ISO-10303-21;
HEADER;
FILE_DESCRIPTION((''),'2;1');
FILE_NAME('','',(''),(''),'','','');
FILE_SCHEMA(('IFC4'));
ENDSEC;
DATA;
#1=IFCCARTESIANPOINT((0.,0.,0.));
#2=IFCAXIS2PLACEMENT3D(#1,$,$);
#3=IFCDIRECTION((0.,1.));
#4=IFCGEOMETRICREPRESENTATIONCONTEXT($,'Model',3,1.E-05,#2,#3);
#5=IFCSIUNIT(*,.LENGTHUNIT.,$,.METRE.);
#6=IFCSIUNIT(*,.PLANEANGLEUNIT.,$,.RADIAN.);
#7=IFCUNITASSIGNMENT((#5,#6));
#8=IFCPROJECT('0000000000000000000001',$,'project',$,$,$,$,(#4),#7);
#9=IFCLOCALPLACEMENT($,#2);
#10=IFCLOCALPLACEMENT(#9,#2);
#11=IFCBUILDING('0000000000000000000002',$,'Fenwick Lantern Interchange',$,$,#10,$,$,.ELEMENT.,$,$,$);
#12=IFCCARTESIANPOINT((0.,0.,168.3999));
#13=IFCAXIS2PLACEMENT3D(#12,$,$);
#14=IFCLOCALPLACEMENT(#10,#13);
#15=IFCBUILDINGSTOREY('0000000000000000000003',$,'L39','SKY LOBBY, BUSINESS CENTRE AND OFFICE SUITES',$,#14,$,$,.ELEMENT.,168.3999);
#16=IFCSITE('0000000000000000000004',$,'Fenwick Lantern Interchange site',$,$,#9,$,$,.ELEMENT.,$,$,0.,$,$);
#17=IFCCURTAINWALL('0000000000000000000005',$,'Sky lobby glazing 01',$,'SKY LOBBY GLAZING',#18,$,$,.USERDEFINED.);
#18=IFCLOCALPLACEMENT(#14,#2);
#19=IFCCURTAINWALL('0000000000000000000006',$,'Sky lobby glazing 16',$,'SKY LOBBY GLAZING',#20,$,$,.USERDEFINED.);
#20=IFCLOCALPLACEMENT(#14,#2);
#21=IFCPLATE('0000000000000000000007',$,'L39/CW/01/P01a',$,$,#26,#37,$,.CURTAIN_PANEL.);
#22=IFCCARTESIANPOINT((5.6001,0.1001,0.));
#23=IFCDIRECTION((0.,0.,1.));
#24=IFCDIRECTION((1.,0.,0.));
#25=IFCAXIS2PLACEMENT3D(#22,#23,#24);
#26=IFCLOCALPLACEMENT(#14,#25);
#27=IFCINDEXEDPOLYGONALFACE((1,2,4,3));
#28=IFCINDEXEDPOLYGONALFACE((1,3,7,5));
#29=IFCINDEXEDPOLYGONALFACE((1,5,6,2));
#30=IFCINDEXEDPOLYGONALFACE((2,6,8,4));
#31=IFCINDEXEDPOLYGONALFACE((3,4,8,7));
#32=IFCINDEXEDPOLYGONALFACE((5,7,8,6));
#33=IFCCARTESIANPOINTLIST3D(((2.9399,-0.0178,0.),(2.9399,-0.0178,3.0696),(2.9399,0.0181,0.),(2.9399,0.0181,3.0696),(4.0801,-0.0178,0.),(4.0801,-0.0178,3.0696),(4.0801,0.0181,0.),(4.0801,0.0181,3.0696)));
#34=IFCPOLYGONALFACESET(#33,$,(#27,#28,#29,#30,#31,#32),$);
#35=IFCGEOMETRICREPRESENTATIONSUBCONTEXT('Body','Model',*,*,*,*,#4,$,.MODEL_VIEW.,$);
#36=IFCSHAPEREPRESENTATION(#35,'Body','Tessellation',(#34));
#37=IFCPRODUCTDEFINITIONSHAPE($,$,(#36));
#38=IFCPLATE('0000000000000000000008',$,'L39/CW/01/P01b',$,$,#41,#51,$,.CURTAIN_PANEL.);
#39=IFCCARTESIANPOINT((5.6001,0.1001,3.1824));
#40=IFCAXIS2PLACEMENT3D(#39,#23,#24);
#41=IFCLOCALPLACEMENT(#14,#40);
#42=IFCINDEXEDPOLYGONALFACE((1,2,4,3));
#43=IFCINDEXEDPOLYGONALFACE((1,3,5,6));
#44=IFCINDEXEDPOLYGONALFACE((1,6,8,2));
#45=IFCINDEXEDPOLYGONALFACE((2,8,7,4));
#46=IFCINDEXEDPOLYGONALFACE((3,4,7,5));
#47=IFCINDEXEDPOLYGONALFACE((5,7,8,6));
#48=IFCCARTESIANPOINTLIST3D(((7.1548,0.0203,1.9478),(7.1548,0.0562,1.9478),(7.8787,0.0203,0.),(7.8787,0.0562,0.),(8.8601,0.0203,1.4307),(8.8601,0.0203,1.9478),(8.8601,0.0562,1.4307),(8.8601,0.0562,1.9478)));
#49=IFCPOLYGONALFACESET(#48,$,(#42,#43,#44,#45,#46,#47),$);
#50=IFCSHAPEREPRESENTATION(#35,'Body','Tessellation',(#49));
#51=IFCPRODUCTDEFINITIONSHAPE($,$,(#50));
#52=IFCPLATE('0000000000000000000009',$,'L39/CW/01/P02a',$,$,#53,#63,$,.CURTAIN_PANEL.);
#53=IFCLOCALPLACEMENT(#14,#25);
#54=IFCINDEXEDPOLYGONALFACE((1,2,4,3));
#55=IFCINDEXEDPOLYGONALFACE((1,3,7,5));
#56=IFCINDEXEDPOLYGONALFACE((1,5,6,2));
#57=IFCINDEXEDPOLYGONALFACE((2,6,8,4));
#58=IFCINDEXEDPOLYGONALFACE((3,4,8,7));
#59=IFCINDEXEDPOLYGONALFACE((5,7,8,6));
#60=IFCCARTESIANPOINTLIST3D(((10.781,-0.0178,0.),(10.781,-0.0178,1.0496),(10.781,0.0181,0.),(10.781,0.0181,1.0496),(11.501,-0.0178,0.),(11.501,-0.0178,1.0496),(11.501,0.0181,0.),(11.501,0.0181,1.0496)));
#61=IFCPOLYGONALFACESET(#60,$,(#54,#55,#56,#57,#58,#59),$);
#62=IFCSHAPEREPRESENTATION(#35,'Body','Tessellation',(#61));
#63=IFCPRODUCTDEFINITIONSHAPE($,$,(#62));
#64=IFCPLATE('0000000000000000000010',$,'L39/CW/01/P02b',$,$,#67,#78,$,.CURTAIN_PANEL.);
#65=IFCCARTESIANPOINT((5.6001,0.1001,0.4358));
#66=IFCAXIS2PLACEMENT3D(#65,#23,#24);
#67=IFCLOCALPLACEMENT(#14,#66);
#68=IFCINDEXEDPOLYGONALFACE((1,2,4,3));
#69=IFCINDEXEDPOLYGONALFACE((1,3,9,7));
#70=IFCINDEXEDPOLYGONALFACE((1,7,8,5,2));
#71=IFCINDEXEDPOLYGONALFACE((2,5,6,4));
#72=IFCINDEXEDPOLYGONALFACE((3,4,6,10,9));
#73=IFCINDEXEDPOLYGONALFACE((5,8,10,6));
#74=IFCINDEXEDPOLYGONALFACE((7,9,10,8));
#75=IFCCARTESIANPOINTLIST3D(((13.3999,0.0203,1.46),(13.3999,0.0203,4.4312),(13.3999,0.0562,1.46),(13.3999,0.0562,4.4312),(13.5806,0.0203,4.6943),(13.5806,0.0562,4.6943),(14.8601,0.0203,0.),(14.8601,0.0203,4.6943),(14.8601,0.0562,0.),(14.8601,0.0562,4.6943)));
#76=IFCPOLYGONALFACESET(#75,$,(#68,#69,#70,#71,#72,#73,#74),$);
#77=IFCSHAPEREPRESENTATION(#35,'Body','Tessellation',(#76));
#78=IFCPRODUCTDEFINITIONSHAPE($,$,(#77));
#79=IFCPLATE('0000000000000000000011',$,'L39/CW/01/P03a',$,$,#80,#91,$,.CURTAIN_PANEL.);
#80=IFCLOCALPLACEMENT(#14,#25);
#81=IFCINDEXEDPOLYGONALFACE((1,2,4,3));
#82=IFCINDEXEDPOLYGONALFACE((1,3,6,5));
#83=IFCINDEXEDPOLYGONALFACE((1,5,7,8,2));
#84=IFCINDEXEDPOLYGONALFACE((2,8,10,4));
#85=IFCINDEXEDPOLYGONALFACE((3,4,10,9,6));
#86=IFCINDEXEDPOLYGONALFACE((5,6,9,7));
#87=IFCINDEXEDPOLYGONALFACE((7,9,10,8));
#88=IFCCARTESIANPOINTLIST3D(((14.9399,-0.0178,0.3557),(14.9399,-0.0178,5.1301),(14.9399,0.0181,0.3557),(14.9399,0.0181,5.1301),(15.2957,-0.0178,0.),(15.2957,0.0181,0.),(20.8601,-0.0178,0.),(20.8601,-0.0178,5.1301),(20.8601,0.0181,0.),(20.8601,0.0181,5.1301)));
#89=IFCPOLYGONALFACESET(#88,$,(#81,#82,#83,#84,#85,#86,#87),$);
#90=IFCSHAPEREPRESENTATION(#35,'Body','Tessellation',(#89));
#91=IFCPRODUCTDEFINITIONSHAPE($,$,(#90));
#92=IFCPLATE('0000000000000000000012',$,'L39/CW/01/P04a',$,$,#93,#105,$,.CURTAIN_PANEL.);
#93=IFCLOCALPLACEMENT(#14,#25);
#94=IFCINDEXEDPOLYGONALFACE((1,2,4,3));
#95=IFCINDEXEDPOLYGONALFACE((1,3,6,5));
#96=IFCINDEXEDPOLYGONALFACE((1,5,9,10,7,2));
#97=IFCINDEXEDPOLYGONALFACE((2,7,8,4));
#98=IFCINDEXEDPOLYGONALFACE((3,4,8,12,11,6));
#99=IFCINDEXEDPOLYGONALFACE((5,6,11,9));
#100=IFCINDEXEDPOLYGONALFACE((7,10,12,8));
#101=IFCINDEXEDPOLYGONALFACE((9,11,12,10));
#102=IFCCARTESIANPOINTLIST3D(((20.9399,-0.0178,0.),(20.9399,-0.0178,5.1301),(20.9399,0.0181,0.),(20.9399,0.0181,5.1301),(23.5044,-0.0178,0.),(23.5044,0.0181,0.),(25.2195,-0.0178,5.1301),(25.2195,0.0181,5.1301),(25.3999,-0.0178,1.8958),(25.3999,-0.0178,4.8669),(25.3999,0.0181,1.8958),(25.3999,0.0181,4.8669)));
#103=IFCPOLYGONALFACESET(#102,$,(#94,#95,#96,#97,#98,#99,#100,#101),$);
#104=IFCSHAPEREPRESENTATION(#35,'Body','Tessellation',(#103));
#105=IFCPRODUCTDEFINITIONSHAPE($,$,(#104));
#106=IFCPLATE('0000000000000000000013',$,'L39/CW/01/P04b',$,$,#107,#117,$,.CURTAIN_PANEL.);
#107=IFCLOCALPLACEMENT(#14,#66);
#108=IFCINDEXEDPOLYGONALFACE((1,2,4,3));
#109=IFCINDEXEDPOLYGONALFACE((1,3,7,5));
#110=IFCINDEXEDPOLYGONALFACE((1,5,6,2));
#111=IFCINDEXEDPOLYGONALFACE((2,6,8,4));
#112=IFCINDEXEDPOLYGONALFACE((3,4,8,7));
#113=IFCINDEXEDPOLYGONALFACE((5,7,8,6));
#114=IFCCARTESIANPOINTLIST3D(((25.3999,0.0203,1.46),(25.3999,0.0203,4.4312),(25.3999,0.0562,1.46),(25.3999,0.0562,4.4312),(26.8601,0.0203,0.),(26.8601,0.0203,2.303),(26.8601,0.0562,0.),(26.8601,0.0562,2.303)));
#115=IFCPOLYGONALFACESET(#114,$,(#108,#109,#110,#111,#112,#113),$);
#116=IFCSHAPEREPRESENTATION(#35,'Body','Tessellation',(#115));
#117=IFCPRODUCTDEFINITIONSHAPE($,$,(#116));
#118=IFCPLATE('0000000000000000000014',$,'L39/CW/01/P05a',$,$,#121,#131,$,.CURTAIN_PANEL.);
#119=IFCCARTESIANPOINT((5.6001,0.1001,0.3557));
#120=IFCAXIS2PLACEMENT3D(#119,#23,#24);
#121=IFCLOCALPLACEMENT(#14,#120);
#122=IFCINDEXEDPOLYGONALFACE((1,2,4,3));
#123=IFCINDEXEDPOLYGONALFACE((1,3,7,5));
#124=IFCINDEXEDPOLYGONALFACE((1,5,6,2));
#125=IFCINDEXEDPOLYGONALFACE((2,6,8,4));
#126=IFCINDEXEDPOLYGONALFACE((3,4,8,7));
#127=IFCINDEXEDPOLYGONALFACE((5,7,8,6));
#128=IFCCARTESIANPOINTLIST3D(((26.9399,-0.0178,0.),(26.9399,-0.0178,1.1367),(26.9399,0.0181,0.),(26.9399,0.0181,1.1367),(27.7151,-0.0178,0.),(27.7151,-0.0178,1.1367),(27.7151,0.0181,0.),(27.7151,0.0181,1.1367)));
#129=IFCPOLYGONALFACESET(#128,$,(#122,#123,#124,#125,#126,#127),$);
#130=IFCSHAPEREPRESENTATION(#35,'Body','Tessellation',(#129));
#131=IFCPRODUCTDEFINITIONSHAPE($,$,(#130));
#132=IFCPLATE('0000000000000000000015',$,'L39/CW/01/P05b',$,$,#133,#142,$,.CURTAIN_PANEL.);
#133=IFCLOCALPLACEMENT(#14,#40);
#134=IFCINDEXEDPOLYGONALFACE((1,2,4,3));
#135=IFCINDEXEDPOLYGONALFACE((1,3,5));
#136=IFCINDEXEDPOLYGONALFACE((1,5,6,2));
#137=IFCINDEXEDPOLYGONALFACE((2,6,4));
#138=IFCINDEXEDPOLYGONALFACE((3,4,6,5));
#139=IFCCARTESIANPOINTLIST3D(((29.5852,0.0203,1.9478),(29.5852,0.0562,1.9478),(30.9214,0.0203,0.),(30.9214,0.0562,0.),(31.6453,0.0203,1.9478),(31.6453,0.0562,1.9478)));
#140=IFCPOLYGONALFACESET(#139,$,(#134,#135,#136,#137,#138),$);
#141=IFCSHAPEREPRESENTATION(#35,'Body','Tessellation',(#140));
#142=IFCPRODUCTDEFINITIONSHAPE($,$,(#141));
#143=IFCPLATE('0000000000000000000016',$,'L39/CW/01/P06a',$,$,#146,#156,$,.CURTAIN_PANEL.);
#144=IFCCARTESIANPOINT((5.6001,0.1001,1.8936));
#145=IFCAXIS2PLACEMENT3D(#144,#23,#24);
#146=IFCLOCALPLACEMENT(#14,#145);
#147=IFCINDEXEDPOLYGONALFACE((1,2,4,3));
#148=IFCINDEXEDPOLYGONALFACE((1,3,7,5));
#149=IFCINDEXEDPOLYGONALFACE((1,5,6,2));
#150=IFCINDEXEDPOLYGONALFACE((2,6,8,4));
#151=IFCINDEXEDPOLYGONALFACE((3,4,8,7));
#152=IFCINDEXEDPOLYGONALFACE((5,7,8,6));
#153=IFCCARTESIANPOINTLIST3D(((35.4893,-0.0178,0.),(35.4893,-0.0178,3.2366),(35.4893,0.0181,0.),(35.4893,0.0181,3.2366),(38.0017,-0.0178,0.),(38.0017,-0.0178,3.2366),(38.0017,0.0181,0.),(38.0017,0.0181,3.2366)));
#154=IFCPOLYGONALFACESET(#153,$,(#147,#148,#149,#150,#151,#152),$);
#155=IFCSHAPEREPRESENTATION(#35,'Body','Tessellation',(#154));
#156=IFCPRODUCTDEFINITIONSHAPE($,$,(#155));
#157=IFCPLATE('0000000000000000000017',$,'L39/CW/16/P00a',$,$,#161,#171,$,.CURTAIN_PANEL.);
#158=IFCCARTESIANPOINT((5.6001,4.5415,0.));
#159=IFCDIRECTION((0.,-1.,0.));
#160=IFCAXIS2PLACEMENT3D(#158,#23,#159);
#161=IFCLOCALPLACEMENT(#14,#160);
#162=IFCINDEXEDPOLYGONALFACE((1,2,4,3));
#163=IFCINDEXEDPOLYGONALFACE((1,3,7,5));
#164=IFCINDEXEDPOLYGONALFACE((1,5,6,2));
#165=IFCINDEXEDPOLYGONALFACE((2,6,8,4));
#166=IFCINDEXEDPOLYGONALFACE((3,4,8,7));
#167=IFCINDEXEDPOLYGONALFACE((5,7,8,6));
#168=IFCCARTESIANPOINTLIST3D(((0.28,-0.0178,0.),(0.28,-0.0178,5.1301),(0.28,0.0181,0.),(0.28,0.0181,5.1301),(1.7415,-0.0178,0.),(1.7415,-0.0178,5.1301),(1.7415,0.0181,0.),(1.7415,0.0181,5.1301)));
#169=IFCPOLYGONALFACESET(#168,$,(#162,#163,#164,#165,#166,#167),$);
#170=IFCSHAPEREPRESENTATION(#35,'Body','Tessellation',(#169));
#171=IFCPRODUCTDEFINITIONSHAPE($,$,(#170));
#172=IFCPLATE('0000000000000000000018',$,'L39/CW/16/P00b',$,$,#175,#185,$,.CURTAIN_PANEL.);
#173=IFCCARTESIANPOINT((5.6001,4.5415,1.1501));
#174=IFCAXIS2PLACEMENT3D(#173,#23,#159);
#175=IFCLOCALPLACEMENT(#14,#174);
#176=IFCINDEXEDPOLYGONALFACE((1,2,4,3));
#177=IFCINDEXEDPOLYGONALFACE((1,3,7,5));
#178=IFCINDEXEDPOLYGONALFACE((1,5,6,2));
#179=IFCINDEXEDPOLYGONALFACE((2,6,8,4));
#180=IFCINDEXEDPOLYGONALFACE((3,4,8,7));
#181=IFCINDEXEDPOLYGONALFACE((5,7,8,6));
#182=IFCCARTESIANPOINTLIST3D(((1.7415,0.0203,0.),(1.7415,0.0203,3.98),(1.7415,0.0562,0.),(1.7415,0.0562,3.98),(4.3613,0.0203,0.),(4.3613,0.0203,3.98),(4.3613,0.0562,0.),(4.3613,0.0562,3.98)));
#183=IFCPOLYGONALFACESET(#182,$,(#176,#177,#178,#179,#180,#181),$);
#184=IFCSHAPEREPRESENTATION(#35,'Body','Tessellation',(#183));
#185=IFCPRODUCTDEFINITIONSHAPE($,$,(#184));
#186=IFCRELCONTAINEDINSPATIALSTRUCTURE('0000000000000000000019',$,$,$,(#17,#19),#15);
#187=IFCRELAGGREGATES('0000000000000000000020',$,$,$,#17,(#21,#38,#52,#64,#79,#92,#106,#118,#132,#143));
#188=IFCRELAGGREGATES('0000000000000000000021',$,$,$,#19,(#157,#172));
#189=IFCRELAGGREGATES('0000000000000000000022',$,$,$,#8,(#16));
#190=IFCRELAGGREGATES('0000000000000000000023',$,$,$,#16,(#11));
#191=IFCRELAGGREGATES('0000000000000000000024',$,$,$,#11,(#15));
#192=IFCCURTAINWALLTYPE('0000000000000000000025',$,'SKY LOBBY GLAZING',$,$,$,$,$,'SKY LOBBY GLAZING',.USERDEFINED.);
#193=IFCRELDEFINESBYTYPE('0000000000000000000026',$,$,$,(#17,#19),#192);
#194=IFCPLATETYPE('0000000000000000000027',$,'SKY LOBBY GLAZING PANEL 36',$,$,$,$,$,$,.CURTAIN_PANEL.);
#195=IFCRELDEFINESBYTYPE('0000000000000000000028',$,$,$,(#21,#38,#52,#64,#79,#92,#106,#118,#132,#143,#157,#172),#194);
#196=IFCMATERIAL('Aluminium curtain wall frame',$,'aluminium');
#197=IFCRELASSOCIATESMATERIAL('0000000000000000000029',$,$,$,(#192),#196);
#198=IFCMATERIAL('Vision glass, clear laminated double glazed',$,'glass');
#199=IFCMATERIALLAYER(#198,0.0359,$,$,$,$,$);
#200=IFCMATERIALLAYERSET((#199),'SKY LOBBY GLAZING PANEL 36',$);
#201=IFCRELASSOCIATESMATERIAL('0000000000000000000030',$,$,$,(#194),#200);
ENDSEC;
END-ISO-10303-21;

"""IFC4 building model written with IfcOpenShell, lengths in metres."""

from ifc_helpers import new_model, si_unit, direction, frame, origin, place, context, subcontext, project, spatial, polyline, outline, extrude, material, layer, layer_set, type_object, element, aggregate, save


model = new_model("IFC4")

# Units and contexts
model_context = context("Model", 3, precision=1e-05, world=origin(), true_north=direction((0.0, 1.0)))
body_context = subcontext(model_context, "Body", "Model", "MODEL_VIEW")
ifc_project = project(units=[si_unit("LENGTHUNIT", "METRE"), si_unit("PLANEANGLEUNIT", "RADIAN")], contexts=[model_context])

# Site, building, storey
site_placement = place(None, origin())
site = spatial("IfcSite", under=ifc_project, at=site_placement, Name="Fenwick Lantern Interchange site", CompositionType="ELEMENT", RefElevation=0.0)
building_placement = place(site_placement, origin())
building = spatial("IfcBuilding", under=site, at=building_placement, Name="Fenwick Lantern Interchange", CompositionType="ELEMENT")
storey_placement = place(building_placement, frame((0.0, 0.0, 168.3999)))
storey = spatial("IfcBuildingStorey", under=building, at=storey_placement, Name="L39", Description="SKY LOBBY, BUSINESS CENTRE AND OFFICE SUITES", CompositionType="ELEMENT", Elevation=168.3999)

# Curtain walls
ifc_material_1 = material(Name="Aluminium curtain wall frame", Category="aluminium")
curtain_wall_type = type_object("IfcCurtainWallType", Name="SKY LOBBY GLAZING", ElementType="SKY LOBBY GLAZING", PredefinedType="USERDEFINED", material=ifc_material_1)
curtain_wall_1_placement = place(storey_placement, origin())
curtain_wall_1 = element("IfcCurtainWall", 1, at=curtain_wall_1_placement, inside=storey, type_object=curtain_wall_type, Name="Sky lobby glazing 01", ObjectType="SKY LOBBY GLAZING", PredefinedType="USERDEFINED")
curtain_wall_2_placement = place(storey_placement, origin())
curtain_wall_2 = element("IfcCurtainWall", 2, at=curtain_wall_2_placement, inside=storey, type_object=curtain_wall_type, Name="Sky lobby glazing 16", ObjectType="SKY LOBBY GLAZING", PredefinedType="USERDEFINED")

# Plates
ifc_material_2 = material(Name="Vision glass, clear laminated double glazed", Category="glass")
ifc_layer_1 = layer(ifc_material_2, 0.0359)
ifc_layer_set_1 = layer_set([ifc_layer_1], Name="SKY LOBBY GLAZING PANEL 36")
plate_type = type_object("IfcPlateType", Name="SKY LOBBY GLAZING PANEL 36", PredefinedType="CURTAIN_PANEL", material=ifc_layer_set_1)
plate_1_placement = place(storey_placement, frame((5.6001, 0.1001, 0.0), z_axis=(0.0, 0.0, 1.0), x_axis=(1.0, 0.0, 0.0)))
plate_1 = element("IfcPlate", 3, at=plate_1_placement, type_object=plate_type, Name="L39/CW/01/P01a", PredefinedType="CURTAIN_PANEL", context=body_context, shape_type="SweptSolid", body=[
    extrude(outline(polyline([(2.9399, 0.0), (4.0801, 0.0), (4.0801, 3.0696), (2.9399, 3.0696), (2.9399, 0.0)])), frame((0.0, 0.0181, 0.0), z_axis=(0.0, -1.0, 0.0), x_axis=(1.0, 0.0, 0.0)), (0.0, 0.0, 1.0), 0.0359),
])
plate_2_placement = place(storey_placement, frame((5.6001, 0.1001, 3.1824), z_axis=(0.0, 0.0, 1.0), x_axis=(1.0, 0.0, 0.0)))
plate_2 = element("IfcPlate", 4, at=plate_2_placement, type_object=plate_type, Name="L39/CW/01/P01b", PredefinedType="CURTAIN_PANEL", context=body_context, shape_type="SweptSolid", body=[
    extrude(outline(polyline([(7.8787, 0.0), (8.8601, 1.4307), (8.8601, 1.9478), (7.1548, 1.9478), (7.8787, 0.0)])), frame((0.0, 0.0562, 0.0), z_axis=(0.0, -1.0, 0.0), x_axis=(1.0, 0.0, 0.0)), (0.0, 0.0, 1.0), 0.0359),
])
plate_3_placement = place(storey_placement, frame((5.6001, 0.1001, 0.0), z_axis=(0.0, 0.0, 1.0), x_axis=(1.0, 0.0, 0.0)))
plate_3 = element("IfcPlate", 5, at=plate_3_placement, type_object=plate_type, Name="L39/CW/01/P02a", PredefinedType="CURTAIN_PANEL", context=body_context, shape_type="SweptSolid", body=[
    extrude(outline(polyline([(10.781, 0.0), (11.501, 0.0), (11.501, 1.0496), (10.781, 1.0496), (10.781, 0.0)])), frame((0.0, 0.0181, 0.0), z_axis=(0.0, -1.0, 0.0), x_axis=(1.0, 0.0, 0.0)), (0.0, 0.0, 1.0), 0.0359),
])
plate_4_placement = place(storey_placement, frame((5.6001, 0.1001, 0.4358), z_axis=(0.0, 0.0, 1.0), x_axis=(1.0, 0.0, 0.0)))
plate_4 = element("IfcPlate", 6, at=plate_4_placement, type_object=plate_type, Name="L39/CW/01/P02b", PredefinedType="CURTAIN_PANEL", context=body_context, shape_type="SweptSolid", body=[
    extrude(outline(polyline([(14.8601, 0.0), (14.8601, 4.6943), (13.5806, 4.6943), (13.3999, 4.4312), (13.3999, 1.46), (14.8601, 0.0)])), frame((0.0, 0.0562, 0.0), z_axis=(0.0, -1.0, 0.0), x_axis=(1.0, 0.0, 0.0)), (0.0, 0.0, 1.0), 0.0359),
])
plate_5_placement = place(storey_placement, frame((5.6001, 0.1001, 0.0), z_axis=(0.0, 0.0, 1.0), x_axis=(1.0, 0.0, 0.0)))
plate_5 = element("IfcPlate", 7, at=plate_5_placement, type_object=plate_type, Name="L39/CW/01/P03a", PredefinedType="CURTAIN_PANEL", context=body_context, shape_type="SweptSolid", body=[
    extrude(outline(polyline([(15.2957, 0.0), (20.8601, 0.0), (20.8601, 5.1301), (14.9399, 5.1301), (14.9399, 0.3557), (15.2957, 0.0)])), frame((0.0, 0.0181, 0.0), z_axis=(0.0, -1.0, 0.0), x_axis=(1.0, 0.0, 0.0)), (0.0, 0.0, 1.0), 0.0359),
])
plate_6_placement = place(storey_placement, frame((5.6001, 0.1001, 0.0), z_axis=(0.0, 0.0, 1.0), x_axis=(1.0, 0.0, 0.0)))
plate_6 = element("IfcPlate", 8, at=plate_6_placement, type_object=plate_type, Name="L39/CW/01/P04a", PredefinedType="CURTAIN_PANEL", context=body_context, shape_type="SweptSolid", body=[
    extrude(outline(polyline([(20.9399, 0.0), (23.5044, 0.0), (25.3999, 1.8958), (25.3999, 4.8669), (25.2195, 5.1301), (20.9399, 5.1301), (20.9399, 0.0)])), frame((0.0, 0.0181, 0.0), z_axis=(0.0, -1.0, 0.0), x_axis=(1.0, 0.0, 0.0)), (0.0, 0.0, 1.0), 0.0359),
])
plate_7_placement = place(storey_placement, frame((5.6001, 0.1001, 0.4358), z_axis=(0.0, 0.0, 1.0), x_axis=(1.0, 0.0, 0.0)))
plate_7 = element("IfcPlate", 9, at=plate_7_placement, type_object=plate_type, Name="L39/CW/01/P04b", PredefinedType="CURTAIN_PANEL", context=body_context, shape_type="SweptSolid", body=[
    extrude(outline(polyline([(26.8601, 0.0), (26.8601, 2.303), (25.3999, 4.4312), (25.3999, 1.46), (26.8601, 0.0)])), frame((0.0, 0.0562, 0.0), z_axis=(0.0, -1.0, 0.0), x_axis=(1.0, 0.0, 0.0)), (0.0, 0.0, 1.0), 0.0359),
])
plate_8_placement = place(storey_placement, frame((5.6001, 0.1001, 0.3557), z_axis=(0.0, 0.0, 1.0), x_axis=(1.0, 0.0, 0.0)))
plate_8 = element("IfcPlate", 10, at=plate_8_placement, type_object=plate_type, Name="L39/CW/01/P05a", PredefinedType="CURTAIN_PANEL", context=body_context, shape_type="SweptSolid", body=[
    extrude(outline(polyline([(26.9399, 0.0), (27.7151, 0.0), (27.7151, 1.1367), (26.9399, 1.1367), (26.9399, 0.0)])), frame((0.0, 0.0181, 0.0), z_axis=(0.0, -1.0, 0.0), x_axis=(1.0, 0.0, 0.0)), (0.0, 0.0, 1.0), 0.0359),
])
plate_9_placement = place(storey_placement, frame((5.6001, 0.1001, 3.1824), z_axis=(0.0, 0.0, 1.0), x_axis=(1.0, 0.0, 0.0)))
plate_9 = element("IfcPlate", 11, at=plate_9_placement, type_object=plate_type, Name="L39/CW/01/P05b", PredefinedType="CURTAIN_PANEL", context=body_context, shape_type="SweptSolid", body=[
    extrude(outline(polyline([(30.9214, 0.0), (31.6453, 1.9478), (29.5852, 1.9478), (30.9214, 0.0)])), frame((0.0, 0.0562, 0.0), z_axis=(0.0, -1.0, 0.0), x_axis=(1.0, 0.0, 0.0)), (0.0, 0.0, 1.0), 0.0359),
])
plate_10_placement = place(storey_placement, frame((5.6001, 0.1001, 1.8936), z_axis=(0.0, 0.0, 1.0), x_axis=(1.0, 0.0, 0.0)))
plate_10 = element("IfcPlate", 12, at=plate_10_placement, type_object=plate_type, Name="L39/CW/01/P06a", PredefinedType="CURTAIN_PANEL", context=body_context, shape_type="SweptSolid", body=[
    extrude(outline(polyline([(35.4893, 0.0), (38.0017, 0.0), (38.0017, 3.2366), (35.4893, 3.2366), (35.4893, 0.0)])), frame((0.0, 0.0181, 0.0), z_axis=(0.0, -1.0, 0.0), x_axis=(1.0, 0.0, 0.0)), (0.0, 0.0, 1.0), 0.0359),
])
aggregate(curtain_wall_1, [plate_1, plate_2, plate_3, plate_4, plate_5, plate_6, plate_7, plate_8, plate_9, plate_10])
plate_11_placement = place(storey_placement, frame((5.6001, 4.5415, 0.0), z_axis=(0.0, 0.0, 1.0), x_axis=(0.0, -1.0, 0.0)))
plate_11 = element("IfcPlate", 13, at=plate_11_placement, type_object=plate_type, Name="L39/CW/16/P00a", PredefinedType="CURTAIN_PANEL", context=body_context, shape_type="SweptSolid", body=[
    extrude(outline(polyline([(0.28, 0.0), (1.7415, 0.0), (1.7415, 5.1301), (0.28, 5.1301), (0.28, 0.0)])), frame((0.0, 0.0181, 0.0), z_axis=(0.0, -1.0, 0.0), x_axis=(1.0, 0.0, 0.0)), (0.0, 0.0, 1.0), 0.0359),
])
plate_12_placement = place(storey_placement, frame((5.6001, 4.5415, 1.1501), z_axis=(0.0, 0.0, 1.0), x_axis=(0.0, -1.0, 0.0)))
plate_12 = element("IfcPlate", 14, at=plate_12_placement, type_object=plate_type, Name="L39/CW/16/P00b", PredefinedType="CURTAIN_PANEL", context=body_context, shape_type="SweptSolid", body=[
    extrude(outline(polyline([(1.7415, 0.0), (4.3613, 0.0), (4.3613, 3.98), (1.7415, 3.98), (1.7415, 0.0)])), frame((0.0, 0.0562, 0.0), z_axis=(0.0, -1.0, 0.0), x_axis=(1.0, 0.0, 0.0)), (0.0, 0.0, 1.0), 0.0359),
])
aggregate(curtain_wall_2, [plate_11, plate_12])

save(model, "model.ifc")
